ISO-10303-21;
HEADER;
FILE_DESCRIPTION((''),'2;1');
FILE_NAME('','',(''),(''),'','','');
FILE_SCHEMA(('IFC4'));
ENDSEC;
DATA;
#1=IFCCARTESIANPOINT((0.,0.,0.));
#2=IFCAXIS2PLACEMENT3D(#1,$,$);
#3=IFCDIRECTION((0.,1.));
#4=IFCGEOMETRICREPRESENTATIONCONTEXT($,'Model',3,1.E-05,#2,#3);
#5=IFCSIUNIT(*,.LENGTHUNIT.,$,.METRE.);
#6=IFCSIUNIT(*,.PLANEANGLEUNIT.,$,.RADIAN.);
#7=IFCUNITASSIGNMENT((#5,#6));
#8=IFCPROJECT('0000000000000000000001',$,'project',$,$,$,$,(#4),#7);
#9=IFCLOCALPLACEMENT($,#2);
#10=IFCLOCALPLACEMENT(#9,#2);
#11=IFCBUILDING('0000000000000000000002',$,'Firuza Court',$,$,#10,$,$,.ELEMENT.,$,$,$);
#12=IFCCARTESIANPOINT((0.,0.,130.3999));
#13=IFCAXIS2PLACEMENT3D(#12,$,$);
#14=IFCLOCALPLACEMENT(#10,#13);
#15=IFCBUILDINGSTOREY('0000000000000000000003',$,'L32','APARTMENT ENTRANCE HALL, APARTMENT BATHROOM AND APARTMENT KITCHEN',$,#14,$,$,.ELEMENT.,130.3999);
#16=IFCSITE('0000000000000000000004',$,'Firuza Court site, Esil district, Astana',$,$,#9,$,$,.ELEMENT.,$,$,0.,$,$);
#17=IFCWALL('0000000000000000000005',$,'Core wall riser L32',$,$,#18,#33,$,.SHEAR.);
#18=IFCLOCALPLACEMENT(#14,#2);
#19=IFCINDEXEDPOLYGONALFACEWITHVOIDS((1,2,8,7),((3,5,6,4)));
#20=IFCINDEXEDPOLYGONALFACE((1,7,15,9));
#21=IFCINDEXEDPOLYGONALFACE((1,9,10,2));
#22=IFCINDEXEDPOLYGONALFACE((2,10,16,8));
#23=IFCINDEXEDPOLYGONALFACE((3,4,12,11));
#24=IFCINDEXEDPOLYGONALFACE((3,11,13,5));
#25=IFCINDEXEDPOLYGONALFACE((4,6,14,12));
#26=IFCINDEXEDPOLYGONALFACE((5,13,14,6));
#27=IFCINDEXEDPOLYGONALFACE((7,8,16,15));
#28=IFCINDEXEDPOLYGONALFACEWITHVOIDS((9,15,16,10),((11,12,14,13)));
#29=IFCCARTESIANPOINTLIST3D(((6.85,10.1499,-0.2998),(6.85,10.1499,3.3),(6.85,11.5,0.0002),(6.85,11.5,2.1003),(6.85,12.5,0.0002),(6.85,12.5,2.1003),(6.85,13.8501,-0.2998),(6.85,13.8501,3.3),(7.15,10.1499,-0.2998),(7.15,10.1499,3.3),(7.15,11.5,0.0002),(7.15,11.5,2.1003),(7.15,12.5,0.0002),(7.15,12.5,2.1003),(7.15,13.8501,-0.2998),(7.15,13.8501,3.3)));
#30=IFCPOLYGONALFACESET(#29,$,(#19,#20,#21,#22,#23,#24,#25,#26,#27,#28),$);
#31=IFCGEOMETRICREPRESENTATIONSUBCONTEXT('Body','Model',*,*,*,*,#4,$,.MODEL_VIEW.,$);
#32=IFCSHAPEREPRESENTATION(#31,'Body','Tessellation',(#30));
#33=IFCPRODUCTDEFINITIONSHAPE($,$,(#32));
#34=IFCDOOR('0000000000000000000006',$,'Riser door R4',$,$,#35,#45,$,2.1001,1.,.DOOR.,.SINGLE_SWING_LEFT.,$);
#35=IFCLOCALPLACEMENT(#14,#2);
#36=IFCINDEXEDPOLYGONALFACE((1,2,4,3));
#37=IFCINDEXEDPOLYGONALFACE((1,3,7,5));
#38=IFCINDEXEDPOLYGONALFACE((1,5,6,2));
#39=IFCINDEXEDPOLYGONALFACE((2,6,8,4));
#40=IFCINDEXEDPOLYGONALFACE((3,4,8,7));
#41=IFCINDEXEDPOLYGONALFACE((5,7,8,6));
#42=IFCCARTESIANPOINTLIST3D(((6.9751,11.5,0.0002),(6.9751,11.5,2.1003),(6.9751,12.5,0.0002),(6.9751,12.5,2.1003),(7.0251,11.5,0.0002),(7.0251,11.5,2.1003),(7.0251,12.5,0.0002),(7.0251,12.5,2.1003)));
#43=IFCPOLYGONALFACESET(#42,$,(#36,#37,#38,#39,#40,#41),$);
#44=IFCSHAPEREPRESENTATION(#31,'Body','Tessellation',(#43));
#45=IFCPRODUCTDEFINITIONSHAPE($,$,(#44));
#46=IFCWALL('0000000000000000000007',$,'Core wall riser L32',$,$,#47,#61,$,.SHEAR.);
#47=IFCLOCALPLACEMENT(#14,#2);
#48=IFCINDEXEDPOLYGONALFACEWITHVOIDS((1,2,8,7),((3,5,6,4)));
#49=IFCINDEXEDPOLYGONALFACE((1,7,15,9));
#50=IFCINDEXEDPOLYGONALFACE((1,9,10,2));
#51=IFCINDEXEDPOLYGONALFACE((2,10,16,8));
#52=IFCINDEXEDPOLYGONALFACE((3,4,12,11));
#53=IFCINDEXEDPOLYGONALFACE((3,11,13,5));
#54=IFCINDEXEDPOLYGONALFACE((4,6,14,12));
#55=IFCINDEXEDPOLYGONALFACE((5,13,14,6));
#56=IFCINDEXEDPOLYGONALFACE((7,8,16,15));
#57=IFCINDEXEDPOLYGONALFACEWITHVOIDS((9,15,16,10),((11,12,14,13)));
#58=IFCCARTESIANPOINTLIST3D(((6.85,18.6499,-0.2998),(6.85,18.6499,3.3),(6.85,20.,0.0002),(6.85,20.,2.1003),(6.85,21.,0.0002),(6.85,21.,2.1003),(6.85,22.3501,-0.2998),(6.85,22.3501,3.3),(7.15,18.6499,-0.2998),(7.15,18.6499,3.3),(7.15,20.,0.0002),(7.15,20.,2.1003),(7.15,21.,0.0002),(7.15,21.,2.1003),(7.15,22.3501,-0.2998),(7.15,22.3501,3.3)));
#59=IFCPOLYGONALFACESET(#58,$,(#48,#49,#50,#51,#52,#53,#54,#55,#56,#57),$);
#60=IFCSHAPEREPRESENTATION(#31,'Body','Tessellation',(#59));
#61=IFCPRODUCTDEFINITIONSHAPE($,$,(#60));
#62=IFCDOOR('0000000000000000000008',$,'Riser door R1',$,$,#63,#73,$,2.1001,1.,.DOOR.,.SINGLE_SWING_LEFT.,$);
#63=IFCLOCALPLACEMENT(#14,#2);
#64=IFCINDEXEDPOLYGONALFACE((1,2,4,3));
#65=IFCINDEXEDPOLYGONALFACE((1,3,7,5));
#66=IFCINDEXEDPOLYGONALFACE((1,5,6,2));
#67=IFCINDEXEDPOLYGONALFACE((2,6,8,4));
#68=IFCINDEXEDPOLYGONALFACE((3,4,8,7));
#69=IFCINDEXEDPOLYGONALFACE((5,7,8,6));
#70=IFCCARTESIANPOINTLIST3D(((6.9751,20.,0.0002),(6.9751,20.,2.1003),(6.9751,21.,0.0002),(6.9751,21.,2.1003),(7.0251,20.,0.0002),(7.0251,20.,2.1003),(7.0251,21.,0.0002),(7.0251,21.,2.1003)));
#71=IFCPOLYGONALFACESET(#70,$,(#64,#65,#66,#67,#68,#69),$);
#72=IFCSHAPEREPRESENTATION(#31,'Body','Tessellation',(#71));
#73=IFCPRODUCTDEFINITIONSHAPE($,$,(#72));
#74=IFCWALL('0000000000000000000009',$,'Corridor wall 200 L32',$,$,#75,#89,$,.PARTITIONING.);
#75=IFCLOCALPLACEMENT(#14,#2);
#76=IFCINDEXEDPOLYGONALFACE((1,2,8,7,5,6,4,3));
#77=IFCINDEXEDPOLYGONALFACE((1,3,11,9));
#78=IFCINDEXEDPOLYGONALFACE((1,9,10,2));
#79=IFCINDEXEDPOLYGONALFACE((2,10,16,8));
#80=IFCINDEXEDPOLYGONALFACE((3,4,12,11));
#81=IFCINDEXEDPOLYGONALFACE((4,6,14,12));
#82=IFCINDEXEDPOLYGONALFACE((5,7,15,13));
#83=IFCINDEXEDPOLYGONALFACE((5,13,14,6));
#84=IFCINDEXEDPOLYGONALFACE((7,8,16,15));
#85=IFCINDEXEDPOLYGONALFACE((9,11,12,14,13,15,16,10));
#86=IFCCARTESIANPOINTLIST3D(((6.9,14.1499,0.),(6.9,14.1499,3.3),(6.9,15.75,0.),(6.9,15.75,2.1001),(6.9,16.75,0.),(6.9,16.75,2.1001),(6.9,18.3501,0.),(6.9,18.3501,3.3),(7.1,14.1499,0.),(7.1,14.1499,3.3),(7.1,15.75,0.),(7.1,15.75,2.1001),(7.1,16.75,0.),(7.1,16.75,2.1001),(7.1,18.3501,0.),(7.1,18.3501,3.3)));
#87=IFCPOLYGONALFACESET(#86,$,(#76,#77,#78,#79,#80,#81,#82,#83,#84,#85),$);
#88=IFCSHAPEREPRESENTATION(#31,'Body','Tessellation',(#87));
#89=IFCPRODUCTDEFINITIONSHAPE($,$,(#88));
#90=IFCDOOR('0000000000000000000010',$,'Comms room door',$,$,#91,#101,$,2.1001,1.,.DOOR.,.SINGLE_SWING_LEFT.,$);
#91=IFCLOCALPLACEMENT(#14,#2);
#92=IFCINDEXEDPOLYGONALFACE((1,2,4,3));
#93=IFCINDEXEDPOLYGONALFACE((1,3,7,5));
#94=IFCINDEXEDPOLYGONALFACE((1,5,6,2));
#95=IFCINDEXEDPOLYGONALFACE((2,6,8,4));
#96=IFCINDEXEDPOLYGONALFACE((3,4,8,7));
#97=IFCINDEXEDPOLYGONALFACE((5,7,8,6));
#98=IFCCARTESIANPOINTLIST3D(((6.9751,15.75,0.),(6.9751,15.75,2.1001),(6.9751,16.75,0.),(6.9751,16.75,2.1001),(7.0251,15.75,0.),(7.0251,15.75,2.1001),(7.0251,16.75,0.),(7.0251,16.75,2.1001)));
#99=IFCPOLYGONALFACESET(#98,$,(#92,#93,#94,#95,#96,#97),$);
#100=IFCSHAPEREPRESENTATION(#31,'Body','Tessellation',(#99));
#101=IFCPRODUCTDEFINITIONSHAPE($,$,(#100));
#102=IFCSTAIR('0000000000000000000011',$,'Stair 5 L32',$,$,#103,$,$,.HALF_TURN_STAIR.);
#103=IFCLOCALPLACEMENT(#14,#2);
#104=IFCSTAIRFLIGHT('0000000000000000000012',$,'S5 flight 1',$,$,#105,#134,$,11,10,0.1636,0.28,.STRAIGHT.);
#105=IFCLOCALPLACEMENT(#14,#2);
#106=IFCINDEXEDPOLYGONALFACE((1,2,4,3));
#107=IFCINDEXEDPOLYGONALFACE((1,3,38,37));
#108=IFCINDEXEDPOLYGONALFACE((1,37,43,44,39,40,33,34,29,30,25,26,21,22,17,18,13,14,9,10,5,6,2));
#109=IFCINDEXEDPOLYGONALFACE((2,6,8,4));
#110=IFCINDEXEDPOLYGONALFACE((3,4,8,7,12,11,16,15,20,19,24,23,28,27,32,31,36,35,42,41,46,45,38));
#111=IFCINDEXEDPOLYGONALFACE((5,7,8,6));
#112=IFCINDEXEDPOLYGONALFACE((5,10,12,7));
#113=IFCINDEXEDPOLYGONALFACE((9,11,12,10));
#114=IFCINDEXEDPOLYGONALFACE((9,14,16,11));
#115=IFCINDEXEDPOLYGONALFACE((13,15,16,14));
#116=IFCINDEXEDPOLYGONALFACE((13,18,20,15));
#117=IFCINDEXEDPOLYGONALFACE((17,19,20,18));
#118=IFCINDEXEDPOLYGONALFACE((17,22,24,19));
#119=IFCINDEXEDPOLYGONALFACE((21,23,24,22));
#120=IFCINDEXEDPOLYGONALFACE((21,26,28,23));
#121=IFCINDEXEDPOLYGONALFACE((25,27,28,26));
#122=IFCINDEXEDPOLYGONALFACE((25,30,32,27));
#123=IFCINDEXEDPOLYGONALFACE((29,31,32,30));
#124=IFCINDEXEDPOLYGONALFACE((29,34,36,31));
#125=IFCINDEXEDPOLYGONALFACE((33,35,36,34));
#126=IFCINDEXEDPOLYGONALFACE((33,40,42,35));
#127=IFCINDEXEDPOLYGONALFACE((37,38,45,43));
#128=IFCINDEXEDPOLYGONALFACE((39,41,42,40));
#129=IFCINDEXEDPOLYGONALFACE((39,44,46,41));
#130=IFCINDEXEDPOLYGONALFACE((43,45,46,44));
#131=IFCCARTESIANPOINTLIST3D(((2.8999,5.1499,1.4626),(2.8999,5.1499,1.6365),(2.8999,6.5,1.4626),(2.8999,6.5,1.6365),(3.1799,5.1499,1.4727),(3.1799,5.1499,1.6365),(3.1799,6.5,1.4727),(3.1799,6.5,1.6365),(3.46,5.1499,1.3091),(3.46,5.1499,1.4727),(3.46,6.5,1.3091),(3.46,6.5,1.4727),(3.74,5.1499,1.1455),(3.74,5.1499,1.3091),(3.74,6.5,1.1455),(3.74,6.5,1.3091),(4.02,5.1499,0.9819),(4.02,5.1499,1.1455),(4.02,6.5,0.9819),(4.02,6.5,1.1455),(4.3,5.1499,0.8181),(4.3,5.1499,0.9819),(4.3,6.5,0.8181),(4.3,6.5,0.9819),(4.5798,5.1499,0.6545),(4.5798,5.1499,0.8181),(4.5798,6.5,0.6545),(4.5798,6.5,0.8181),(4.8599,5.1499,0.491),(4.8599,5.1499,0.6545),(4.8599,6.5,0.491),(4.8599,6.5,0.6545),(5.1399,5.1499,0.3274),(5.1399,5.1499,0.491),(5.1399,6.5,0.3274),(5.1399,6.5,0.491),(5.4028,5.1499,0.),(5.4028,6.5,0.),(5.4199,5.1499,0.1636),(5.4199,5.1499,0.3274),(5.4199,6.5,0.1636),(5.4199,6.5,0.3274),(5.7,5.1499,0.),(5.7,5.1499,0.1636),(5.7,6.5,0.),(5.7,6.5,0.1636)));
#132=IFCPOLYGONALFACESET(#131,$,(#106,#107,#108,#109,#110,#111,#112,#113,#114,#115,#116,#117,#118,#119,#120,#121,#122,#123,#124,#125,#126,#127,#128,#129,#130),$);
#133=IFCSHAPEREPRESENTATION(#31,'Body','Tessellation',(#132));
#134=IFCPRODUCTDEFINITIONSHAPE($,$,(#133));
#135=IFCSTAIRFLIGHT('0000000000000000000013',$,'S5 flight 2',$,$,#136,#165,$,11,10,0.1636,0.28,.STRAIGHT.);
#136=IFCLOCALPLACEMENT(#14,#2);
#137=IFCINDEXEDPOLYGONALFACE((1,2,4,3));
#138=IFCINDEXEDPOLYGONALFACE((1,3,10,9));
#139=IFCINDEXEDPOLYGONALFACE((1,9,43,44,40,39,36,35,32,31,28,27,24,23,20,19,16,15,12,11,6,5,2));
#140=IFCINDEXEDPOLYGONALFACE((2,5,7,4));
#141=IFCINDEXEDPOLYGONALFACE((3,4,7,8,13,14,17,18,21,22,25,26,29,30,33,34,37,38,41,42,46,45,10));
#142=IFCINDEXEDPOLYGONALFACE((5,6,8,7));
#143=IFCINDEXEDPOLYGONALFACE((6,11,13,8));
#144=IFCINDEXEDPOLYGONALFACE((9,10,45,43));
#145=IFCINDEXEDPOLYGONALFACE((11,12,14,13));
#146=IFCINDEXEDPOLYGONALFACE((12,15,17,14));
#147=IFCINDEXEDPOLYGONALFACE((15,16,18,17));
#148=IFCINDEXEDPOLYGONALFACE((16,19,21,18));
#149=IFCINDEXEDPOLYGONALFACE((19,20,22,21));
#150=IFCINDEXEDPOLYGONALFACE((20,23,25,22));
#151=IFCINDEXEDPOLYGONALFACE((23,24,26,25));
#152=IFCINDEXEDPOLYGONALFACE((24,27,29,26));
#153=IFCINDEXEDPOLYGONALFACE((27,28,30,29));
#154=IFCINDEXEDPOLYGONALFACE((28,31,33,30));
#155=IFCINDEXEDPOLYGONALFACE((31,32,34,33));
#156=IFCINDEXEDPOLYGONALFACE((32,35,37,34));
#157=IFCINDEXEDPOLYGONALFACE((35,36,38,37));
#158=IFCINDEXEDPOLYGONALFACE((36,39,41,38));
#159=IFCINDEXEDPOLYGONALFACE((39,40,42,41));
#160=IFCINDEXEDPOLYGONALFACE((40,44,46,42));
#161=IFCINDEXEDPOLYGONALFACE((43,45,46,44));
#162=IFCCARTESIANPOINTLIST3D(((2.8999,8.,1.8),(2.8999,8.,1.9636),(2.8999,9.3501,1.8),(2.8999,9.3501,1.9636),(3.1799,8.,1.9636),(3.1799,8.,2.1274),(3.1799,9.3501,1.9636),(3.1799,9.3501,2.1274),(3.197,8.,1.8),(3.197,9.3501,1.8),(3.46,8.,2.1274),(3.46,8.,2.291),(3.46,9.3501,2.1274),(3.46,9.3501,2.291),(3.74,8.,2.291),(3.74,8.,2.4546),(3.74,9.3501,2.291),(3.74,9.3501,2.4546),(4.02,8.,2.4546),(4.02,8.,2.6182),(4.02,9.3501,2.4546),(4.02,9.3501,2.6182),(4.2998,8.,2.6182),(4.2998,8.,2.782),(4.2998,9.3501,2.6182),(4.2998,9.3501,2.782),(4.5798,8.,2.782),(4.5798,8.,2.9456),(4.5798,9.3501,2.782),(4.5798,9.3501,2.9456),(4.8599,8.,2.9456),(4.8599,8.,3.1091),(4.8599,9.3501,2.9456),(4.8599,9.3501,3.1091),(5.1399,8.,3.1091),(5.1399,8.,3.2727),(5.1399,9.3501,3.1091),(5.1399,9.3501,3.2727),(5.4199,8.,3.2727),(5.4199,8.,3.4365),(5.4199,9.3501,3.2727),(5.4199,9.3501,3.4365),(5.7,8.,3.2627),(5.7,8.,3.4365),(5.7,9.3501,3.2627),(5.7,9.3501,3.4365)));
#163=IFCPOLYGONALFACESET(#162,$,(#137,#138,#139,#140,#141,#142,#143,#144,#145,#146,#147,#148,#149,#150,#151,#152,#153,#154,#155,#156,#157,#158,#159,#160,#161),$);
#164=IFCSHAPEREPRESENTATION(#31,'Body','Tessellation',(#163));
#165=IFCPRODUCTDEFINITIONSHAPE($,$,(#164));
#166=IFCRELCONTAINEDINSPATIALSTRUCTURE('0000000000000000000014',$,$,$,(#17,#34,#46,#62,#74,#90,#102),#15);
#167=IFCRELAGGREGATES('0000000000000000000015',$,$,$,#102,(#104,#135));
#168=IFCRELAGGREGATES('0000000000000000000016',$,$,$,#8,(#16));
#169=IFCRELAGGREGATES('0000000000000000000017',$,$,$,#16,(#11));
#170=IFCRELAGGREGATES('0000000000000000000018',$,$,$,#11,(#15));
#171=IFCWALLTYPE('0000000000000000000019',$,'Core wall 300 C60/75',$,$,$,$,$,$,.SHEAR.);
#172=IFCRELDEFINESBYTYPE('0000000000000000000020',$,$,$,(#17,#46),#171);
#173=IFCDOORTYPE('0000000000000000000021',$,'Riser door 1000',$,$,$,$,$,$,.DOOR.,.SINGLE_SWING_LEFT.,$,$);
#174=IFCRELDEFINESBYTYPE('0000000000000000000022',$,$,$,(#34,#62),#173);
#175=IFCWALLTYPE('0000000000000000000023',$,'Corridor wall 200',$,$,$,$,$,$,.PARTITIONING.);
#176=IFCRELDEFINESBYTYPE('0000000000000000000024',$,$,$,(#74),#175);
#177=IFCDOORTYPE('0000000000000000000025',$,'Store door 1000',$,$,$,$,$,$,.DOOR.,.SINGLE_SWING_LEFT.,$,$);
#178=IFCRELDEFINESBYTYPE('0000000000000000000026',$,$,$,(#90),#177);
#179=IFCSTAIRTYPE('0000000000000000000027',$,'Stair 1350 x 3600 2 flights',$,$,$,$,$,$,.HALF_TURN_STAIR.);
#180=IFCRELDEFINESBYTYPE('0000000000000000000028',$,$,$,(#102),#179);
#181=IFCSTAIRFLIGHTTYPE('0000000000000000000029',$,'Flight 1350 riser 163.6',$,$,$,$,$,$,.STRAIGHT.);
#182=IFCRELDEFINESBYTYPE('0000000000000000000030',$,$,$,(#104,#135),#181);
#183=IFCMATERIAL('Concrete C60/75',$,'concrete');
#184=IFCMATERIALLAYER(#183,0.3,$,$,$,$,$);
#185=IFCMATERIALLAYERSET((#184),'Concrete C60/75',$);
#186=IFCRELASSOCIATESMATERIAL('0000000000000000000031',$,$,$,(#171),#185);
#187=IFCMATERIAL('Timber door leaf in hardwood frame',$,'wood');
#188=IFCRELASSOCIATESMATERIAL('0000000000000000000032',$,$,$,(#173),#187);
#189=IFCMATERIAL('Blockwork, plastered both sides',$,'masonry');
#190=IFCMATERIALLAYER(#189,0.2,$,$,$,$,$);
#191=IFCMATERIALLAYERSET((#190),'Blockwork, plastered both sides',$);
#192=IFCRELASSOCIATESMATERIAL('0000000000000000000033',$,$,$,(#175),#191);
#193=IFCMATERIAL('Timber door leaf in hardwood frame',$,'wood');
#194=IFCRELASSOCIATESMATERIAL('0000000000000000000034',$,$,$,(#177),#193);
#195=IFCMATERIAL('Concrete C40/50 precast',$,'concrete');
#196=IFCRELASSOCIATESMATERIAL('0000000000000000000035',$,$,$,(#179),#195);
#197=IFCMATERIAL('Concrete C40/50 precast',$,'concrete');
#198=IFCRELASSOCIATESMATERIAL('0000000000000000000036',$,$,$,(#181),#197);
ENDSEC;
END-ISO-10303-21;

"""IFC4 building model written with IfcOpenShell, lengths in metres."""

from ifc_helpers import new_model, si_unit, direction, frame, frame_2d, origin, place, context, subcontext, project, spatial, polyline, rectangle, outline, extrude, material, layer, layer_set, type_object, element, fill, aggregate, save


model = new_model("IFC4")

# Units and contexts
model_context = context("Model", 3, precision=1e-05, world=origin(), true_north=direction((0.0, 1.0)))
body_context = subcontext(model_context, "Body", "Model", "MODEL_VIEW")
ifc_project = project(units=[si_unit("LENGTHUNIT", "METRE"), si_unit("PLANEANGLEUNIT", "RADIAN")], contexts=[model_context])

# Site, building, storey
site_placement = place(None, origin())
site = spatial("IfcSite", under=ifc_project, at=site_placement, Name="Firuza Court site, Esil district, Astana", CompositionType="ELEMENT", RefElevation=0.0)
building_placement = place(site_placement, origin())
building = spatial("IfcBuilding", under=site, at=building_placement, Name="Firuza Court", CompositionType="ELEMENT")
storey_placement = place(building_placement, frame((0.0, 0.0, 130.3999)))
storey = spatial("IfcBuildingStorey", under=building, at=storey_placement, Name="L32", Description="APARTMENT ENTRANCE HALL, APARTMENT BATHROOM AND APARTMENT KITCHEN", CompositionType="ELEMENT", Elevation=130.3999)

# Shared definitions
ifc_material_1 = material(Name="Concrete C60/75", Category="concrete")
ifc_layer_1 = layer(ifc_material_1, 0.3)
ifc_layer_set_1 = layer_set([ifc_layer_1], Name="Concrete C60/75")
wall_type_1 = type_object("IfcWallType", Name="Core wall 300 C60/75", PredefinedType="SHEAR", material=ifc_layer_set_1)

# Walls, openings, doors
wall_1_placement = place(storey_placement, frame((7.0, 10.1499, -0.2998), z_axis=(0.0, 0.0, 1.0), x_axis=(0.0, 1.0, 0.0)))
wall_1 = element("IfcWall", 1, at=wall_1_placement, inside=storey, type_object=wall_type_1, Name="Core wall riser L32", PredefinedType="SHEAR", context=body_context, shape_type="SweptSolid", body=[
    extrude(rectangle(XDim=3.7002, YDim=0.3, at=frame_2d((1.8501, 0.0))), origin(), (0.0, 0.0, 1.0), 3.5999),
])
opening_1_placement = place(wall_1_placement, frame((1.3501, 0.0, 0.3)))
opening_1 = element("IfcOpeningElement", 2, at=opening_1_placement, cuts=wall_1, PredefinedType="OPENING", context=body_context, shape_type="SweptSolid", body=[
    extrude(rectangle(XDim=1.0, YDim=2.1001, at=frame_2d((0.5, 1.05))), frame((0.0, 0.1621, 0.0), z_axis=(0.0, -1.0, 0.0), x_axis=(1.0, 0.0, 0.0)), (0.0, 0.0, 1.0), 0.324),
])
ifc_material_2 = material(Name="Timber door leaf in hardwood frame", Category="wood")
door_type_1 = type_object("IfcDoorType", Name="Riser door 1000", OperationType="SINGLE_SWING_LEFT", PredefinedType="DOOR", material=ifc_material_2)
door_1_placement = place(opening_1_placement, origin())
door_1 = element("IfcDoor", 3, at=door_1_placement, inside=storey, type_object=door_type_1, Name="Riser door R4", OperationType="SINGLE_SWING_LEFT", OverallHeight=2.1001, OverallWidth=1.0, PredefinedType="DOOR", context=body_context, shape_type="SweptSolid", body=[
    extrude(rectangle(XDim=1.0, YDim=2.1001, at=frame_2d((0.5, 1.05))), frame((0.0, 0.0249, 0.0), z_axis=(0.0, -1.0, 0.0), x_axis=(1.0, 0.0, 0.0)), (0.0, 0.0, 1.0), 0.05),
])
fill(opening_1, door_1)
wall_2_placement = place(storey_placement, frame((7.0, 18.6499, -0.2998), z_axis=(0.0, 0.0, 1.0), x_axis=(0.0, 1.0, 0.0)))
wall_2 = element("IfcWall", 4, at=wall_2_placement, inside=storey, type_object=wall_type_1, Name="Core wall riser L32", PredefinedType="SHEAR", context=body_context, shape_type="SweptSolid", body=[
    extrude(rectangle(XDim=3.7002, YDim=0.3, at=frame_2d((1.8501, 0.0))), origin(), (0.0, 0.0, 1.0), 3.5999),
])
opening_2_placement = place(wall_2_placement, frame((1.3501, 0.0, 0.3)))
opening_2 = element("IfcOpeningElement", 5, at=opening_2_placement, cuts=wall_2, PredefinedType="OPENING", context=body_context, shape_type="SweptSolid", body=[
    extrude(rectangle(XDim=1.0, YDim=2.1001, at=frame_2d((0.5, 1.05))), frame((0.0, 0.1621, 0.0), z_axis=(0.0, -1.0, 0.0), x_axis=(1.0, 0.0, 0.0)), (0.0, 0.0, 1.0), 0.324),
])
door_2_placement = place(opening_2_placement, origin())
door_2 = element("IfcDoor", 6, at=door_2_placement, inside=storey, type_object=door_type_1, Name="Riser door R1", OperationType="SINGLE_SWING_LEFT", OverallHeight=2.1001, OverallWidth=1.0, PredefinedType="DOOR", context=body_context, shape_type="SweptSolid", body=[
    extrude(rectangle(XDim=1.0, YDim=2.1001, at=frame_2d((0.5, 1.05))), frame((0.0, 0.0249, 0.0), z_axis=(0.0, -1.0, 0.0), x_axis=(1.0, 0.0, 0.0)), (0.0, 0.0, 1.0), 0.05),
])
fill(opening_2, door_2)
ifc_material_3 = material(Name="Blockwork, plastered both sides", Category="masonry")
ifc_layer_2 = layer(ifc_material_3, 0.2)
ifc_layer_set_2 = layer_set([ifc_layer_2], Name="Blockwork, plastered both sides")
wall_type_2 = type_object("IfcWallType", Name="Corridor wall 200", PredefinedType="PARTITIONING", material=ifc_layer_set_2)
wall_3_placement = place(storey_placement, frame((7.0, 14.1499, 0.0), z_axis=(0.0, 0.0, 1.0), x_axis=(0.0, 1.0, 0.0)))
wall_3 = element("IfcWall", 7, at=wall_3_placement, inside=storey, type_object=wall_type_2, Name="Corridor wall 200 L32", PredefinedType="PARTITIONING", context=body_context, shape_type="SweptSolid", body=[
    extrude(rectangle(XDim=4.2002, YDim=0.2, at=frame_2d((2.1001, 0.0))), origin(), (0.0, 0.0, 1.0), 3.3),
])
opening_3_placement = place(wall_3_placement, frame((1.6001, 0.0, 0.0)))
opening_3 = element("IfcOpeningElement", 8, at=opening_3_placement, cuts=wall_3, PredefinedType="OPENING", context=body_context, shape_type="SweptSolid", body=[
    extrude(rectangle(XDim=1.0, YDim=2.1001, at=frame_2d((0.5, 1.05))), frame((0.0, 0.1118, 0.0), z_axis=(0.0, -1.0, 0.0), x_axis=(1.0, 0.0, 0.0)), (0.0, 0.0, 1.0), 0.2239),
])
ifc_material_4 = material(Name="Timber door leaf in hardwood frame", Category="wood")
door_type_2 = type_object("IfcDoorType", Name="Store door 1000", OperationType="SINGLE_SWING_LEFT", PredefinedType="DOOR", material=ifc_material_4)
door_3_placement = place(opening_3_placement, origin())
door_3 = element("IfcDoor", 9, at=door_3_placement, inside=storey, type_object=door_type_2, Name="Comms room door", OperationType="SINGLE_SWING_LEFT", OverallHeight=2.1001, OverallWidth=1.0, PredefinedType="DOOR", context=body_context, shape_type="SweptSolid", body=[
    extrude(rectangle(XDim=1.0, YDim=2.1001, at=frame_2d((0.5, 1.05))), frame((0.0, 0.0249, 0.0), z_axis=(0.0, -1.0, 0.0), x_axis=(1.0, 0.0, 0.0)), (0.0, 0.0, 1.0), 0.05),
])
fill(opening_3, door_3)

# Stair, stair flights
ifc_material_5 = material(Name="Concrete C40/50 precast", Category="concrete")
stair_type = type_object("IfcStairType", Name="Stair 1350 x 3600 2 flights", PredefinedType="HALF_TURN_STAIR", material=ifc_material_5)
stair_placement = place(storey_placement, origin())
stair = element("IfcStair", 10, at=stair_placement, inside=storey, type_object=stair_type, Name="Stair 5 L32", PredefinedType="HALF_TURN_STAIR")
ifc_material_6 = material(Name="Concrete C40/50 precast", Category="concrete")
stair_flight_type = type_object("IfcStairFlightType", Name="Flight 1350 riser 163.6", PredefinedType="STRAIGHT", material=ifc_material_6)
stair_flight_1_placement = place(storey_placement, frame((5.7, 5.825, 0.0), z_axis=(0.0, 0.0, 1.0), x_axis=(-1.0, 0.0, 0.0)))
stair_flight_1 = element("IfcStairFlight", 11, at=stair_flight_1_placement, type_object=stair_flight_type, Name="S5 flight 1", NumberOfRisers=11, NumberOfTreads=10, PredefinedType="STRAIGHT", RiserHeight=0.1636, TreadLength=0.28, context=body_context, shape_type="SweptSolid", body=[
    extrude(outline(polyline([(0.0, 0.0), (0.0, 0.1636), (0.28, 0.1636), (0.28, 0.3274), (0.5601, 0.3274), (0.5601, 0.491), (0.8401, 0.491), (0.8401, 0.6545), (1.1201, 0.6545), (1.1201, 0.8181), (1.3999, 0.8181), (1.3999, 0.9819), (1.6799, 0.9819), (1.6799, 1.1455), (1.96, 1.1455), (1.96, 1.3091), (2.24, 1.3091), (2.24, 1.4727), (2.52, 1.4727), (2.52, 1.6365), (2.8, 1.6365), (2.8, 1.8), (2.8, 1.4626), (0.2971, 0.0), (0.0, 0.0)])), frame((0.0, 0.675, 0.0), z_axis=(0.0, -1.0, 0.0), x_axis=(1.0, 0.0, 0.0)), (0.0, 0.0, 1.0), 1.3501),
])
stair_flight_2_placement = place(storey_placement, frame((2.8999, 8.675, 1.8), z_axis=(0.0, 0.0, 1.0), x_axis=(1.0, 0.0, 0.0)))
stair_flight_2 = element("IfcStairFlight", 12, at=stair_flight_2_placement, type_object=stair_flight_type, Name="S5 flight 2", NumberOfRisers=11, NumberOfTreads=10, PredefinedType="STRAIGHT", RiserHeight=0.1636, TreadLength=0.28, context=body_context, shape_type="SweptSolid", body=[
    extrude(outline(polyline([(0.0, 0.0), (0.0, 0.1636), (0.28, 0.1636), (0.28, 0.3274), (0.5601, 0.3274), (0.5601, 0.491), (0.8401, 0.491), (0.8401, 0.6545), (1.1201, 0.6545), (1.1201, 0.8181), (1.3999, 0.8181), (1.3999, 0.9819), (1.6799, 0.9819), (1.6799, 1.1455), (1.96, 1.1455), (1.96, 1.3091), (2.24, 1.3091), (2.24, 1.4727), (2.52, 1.4727), (2.52, 1.6365), (2.8, 1.6365), (2.8, 1.8), (2.8, 1.4626), (0.2971, 0.0), (0.0, 0.0)])), frame((0.0, 0.675, 0.0), z_axis=(0.0, -1.0, 0.0), x_axis=(1.0, 0.0, 0.0)), (0.0, 0.0, 1.0), 1.3501),
])
aggregate(stair, [stair_flight_1, stair_flight_2])

save(model, "model.ifc")
